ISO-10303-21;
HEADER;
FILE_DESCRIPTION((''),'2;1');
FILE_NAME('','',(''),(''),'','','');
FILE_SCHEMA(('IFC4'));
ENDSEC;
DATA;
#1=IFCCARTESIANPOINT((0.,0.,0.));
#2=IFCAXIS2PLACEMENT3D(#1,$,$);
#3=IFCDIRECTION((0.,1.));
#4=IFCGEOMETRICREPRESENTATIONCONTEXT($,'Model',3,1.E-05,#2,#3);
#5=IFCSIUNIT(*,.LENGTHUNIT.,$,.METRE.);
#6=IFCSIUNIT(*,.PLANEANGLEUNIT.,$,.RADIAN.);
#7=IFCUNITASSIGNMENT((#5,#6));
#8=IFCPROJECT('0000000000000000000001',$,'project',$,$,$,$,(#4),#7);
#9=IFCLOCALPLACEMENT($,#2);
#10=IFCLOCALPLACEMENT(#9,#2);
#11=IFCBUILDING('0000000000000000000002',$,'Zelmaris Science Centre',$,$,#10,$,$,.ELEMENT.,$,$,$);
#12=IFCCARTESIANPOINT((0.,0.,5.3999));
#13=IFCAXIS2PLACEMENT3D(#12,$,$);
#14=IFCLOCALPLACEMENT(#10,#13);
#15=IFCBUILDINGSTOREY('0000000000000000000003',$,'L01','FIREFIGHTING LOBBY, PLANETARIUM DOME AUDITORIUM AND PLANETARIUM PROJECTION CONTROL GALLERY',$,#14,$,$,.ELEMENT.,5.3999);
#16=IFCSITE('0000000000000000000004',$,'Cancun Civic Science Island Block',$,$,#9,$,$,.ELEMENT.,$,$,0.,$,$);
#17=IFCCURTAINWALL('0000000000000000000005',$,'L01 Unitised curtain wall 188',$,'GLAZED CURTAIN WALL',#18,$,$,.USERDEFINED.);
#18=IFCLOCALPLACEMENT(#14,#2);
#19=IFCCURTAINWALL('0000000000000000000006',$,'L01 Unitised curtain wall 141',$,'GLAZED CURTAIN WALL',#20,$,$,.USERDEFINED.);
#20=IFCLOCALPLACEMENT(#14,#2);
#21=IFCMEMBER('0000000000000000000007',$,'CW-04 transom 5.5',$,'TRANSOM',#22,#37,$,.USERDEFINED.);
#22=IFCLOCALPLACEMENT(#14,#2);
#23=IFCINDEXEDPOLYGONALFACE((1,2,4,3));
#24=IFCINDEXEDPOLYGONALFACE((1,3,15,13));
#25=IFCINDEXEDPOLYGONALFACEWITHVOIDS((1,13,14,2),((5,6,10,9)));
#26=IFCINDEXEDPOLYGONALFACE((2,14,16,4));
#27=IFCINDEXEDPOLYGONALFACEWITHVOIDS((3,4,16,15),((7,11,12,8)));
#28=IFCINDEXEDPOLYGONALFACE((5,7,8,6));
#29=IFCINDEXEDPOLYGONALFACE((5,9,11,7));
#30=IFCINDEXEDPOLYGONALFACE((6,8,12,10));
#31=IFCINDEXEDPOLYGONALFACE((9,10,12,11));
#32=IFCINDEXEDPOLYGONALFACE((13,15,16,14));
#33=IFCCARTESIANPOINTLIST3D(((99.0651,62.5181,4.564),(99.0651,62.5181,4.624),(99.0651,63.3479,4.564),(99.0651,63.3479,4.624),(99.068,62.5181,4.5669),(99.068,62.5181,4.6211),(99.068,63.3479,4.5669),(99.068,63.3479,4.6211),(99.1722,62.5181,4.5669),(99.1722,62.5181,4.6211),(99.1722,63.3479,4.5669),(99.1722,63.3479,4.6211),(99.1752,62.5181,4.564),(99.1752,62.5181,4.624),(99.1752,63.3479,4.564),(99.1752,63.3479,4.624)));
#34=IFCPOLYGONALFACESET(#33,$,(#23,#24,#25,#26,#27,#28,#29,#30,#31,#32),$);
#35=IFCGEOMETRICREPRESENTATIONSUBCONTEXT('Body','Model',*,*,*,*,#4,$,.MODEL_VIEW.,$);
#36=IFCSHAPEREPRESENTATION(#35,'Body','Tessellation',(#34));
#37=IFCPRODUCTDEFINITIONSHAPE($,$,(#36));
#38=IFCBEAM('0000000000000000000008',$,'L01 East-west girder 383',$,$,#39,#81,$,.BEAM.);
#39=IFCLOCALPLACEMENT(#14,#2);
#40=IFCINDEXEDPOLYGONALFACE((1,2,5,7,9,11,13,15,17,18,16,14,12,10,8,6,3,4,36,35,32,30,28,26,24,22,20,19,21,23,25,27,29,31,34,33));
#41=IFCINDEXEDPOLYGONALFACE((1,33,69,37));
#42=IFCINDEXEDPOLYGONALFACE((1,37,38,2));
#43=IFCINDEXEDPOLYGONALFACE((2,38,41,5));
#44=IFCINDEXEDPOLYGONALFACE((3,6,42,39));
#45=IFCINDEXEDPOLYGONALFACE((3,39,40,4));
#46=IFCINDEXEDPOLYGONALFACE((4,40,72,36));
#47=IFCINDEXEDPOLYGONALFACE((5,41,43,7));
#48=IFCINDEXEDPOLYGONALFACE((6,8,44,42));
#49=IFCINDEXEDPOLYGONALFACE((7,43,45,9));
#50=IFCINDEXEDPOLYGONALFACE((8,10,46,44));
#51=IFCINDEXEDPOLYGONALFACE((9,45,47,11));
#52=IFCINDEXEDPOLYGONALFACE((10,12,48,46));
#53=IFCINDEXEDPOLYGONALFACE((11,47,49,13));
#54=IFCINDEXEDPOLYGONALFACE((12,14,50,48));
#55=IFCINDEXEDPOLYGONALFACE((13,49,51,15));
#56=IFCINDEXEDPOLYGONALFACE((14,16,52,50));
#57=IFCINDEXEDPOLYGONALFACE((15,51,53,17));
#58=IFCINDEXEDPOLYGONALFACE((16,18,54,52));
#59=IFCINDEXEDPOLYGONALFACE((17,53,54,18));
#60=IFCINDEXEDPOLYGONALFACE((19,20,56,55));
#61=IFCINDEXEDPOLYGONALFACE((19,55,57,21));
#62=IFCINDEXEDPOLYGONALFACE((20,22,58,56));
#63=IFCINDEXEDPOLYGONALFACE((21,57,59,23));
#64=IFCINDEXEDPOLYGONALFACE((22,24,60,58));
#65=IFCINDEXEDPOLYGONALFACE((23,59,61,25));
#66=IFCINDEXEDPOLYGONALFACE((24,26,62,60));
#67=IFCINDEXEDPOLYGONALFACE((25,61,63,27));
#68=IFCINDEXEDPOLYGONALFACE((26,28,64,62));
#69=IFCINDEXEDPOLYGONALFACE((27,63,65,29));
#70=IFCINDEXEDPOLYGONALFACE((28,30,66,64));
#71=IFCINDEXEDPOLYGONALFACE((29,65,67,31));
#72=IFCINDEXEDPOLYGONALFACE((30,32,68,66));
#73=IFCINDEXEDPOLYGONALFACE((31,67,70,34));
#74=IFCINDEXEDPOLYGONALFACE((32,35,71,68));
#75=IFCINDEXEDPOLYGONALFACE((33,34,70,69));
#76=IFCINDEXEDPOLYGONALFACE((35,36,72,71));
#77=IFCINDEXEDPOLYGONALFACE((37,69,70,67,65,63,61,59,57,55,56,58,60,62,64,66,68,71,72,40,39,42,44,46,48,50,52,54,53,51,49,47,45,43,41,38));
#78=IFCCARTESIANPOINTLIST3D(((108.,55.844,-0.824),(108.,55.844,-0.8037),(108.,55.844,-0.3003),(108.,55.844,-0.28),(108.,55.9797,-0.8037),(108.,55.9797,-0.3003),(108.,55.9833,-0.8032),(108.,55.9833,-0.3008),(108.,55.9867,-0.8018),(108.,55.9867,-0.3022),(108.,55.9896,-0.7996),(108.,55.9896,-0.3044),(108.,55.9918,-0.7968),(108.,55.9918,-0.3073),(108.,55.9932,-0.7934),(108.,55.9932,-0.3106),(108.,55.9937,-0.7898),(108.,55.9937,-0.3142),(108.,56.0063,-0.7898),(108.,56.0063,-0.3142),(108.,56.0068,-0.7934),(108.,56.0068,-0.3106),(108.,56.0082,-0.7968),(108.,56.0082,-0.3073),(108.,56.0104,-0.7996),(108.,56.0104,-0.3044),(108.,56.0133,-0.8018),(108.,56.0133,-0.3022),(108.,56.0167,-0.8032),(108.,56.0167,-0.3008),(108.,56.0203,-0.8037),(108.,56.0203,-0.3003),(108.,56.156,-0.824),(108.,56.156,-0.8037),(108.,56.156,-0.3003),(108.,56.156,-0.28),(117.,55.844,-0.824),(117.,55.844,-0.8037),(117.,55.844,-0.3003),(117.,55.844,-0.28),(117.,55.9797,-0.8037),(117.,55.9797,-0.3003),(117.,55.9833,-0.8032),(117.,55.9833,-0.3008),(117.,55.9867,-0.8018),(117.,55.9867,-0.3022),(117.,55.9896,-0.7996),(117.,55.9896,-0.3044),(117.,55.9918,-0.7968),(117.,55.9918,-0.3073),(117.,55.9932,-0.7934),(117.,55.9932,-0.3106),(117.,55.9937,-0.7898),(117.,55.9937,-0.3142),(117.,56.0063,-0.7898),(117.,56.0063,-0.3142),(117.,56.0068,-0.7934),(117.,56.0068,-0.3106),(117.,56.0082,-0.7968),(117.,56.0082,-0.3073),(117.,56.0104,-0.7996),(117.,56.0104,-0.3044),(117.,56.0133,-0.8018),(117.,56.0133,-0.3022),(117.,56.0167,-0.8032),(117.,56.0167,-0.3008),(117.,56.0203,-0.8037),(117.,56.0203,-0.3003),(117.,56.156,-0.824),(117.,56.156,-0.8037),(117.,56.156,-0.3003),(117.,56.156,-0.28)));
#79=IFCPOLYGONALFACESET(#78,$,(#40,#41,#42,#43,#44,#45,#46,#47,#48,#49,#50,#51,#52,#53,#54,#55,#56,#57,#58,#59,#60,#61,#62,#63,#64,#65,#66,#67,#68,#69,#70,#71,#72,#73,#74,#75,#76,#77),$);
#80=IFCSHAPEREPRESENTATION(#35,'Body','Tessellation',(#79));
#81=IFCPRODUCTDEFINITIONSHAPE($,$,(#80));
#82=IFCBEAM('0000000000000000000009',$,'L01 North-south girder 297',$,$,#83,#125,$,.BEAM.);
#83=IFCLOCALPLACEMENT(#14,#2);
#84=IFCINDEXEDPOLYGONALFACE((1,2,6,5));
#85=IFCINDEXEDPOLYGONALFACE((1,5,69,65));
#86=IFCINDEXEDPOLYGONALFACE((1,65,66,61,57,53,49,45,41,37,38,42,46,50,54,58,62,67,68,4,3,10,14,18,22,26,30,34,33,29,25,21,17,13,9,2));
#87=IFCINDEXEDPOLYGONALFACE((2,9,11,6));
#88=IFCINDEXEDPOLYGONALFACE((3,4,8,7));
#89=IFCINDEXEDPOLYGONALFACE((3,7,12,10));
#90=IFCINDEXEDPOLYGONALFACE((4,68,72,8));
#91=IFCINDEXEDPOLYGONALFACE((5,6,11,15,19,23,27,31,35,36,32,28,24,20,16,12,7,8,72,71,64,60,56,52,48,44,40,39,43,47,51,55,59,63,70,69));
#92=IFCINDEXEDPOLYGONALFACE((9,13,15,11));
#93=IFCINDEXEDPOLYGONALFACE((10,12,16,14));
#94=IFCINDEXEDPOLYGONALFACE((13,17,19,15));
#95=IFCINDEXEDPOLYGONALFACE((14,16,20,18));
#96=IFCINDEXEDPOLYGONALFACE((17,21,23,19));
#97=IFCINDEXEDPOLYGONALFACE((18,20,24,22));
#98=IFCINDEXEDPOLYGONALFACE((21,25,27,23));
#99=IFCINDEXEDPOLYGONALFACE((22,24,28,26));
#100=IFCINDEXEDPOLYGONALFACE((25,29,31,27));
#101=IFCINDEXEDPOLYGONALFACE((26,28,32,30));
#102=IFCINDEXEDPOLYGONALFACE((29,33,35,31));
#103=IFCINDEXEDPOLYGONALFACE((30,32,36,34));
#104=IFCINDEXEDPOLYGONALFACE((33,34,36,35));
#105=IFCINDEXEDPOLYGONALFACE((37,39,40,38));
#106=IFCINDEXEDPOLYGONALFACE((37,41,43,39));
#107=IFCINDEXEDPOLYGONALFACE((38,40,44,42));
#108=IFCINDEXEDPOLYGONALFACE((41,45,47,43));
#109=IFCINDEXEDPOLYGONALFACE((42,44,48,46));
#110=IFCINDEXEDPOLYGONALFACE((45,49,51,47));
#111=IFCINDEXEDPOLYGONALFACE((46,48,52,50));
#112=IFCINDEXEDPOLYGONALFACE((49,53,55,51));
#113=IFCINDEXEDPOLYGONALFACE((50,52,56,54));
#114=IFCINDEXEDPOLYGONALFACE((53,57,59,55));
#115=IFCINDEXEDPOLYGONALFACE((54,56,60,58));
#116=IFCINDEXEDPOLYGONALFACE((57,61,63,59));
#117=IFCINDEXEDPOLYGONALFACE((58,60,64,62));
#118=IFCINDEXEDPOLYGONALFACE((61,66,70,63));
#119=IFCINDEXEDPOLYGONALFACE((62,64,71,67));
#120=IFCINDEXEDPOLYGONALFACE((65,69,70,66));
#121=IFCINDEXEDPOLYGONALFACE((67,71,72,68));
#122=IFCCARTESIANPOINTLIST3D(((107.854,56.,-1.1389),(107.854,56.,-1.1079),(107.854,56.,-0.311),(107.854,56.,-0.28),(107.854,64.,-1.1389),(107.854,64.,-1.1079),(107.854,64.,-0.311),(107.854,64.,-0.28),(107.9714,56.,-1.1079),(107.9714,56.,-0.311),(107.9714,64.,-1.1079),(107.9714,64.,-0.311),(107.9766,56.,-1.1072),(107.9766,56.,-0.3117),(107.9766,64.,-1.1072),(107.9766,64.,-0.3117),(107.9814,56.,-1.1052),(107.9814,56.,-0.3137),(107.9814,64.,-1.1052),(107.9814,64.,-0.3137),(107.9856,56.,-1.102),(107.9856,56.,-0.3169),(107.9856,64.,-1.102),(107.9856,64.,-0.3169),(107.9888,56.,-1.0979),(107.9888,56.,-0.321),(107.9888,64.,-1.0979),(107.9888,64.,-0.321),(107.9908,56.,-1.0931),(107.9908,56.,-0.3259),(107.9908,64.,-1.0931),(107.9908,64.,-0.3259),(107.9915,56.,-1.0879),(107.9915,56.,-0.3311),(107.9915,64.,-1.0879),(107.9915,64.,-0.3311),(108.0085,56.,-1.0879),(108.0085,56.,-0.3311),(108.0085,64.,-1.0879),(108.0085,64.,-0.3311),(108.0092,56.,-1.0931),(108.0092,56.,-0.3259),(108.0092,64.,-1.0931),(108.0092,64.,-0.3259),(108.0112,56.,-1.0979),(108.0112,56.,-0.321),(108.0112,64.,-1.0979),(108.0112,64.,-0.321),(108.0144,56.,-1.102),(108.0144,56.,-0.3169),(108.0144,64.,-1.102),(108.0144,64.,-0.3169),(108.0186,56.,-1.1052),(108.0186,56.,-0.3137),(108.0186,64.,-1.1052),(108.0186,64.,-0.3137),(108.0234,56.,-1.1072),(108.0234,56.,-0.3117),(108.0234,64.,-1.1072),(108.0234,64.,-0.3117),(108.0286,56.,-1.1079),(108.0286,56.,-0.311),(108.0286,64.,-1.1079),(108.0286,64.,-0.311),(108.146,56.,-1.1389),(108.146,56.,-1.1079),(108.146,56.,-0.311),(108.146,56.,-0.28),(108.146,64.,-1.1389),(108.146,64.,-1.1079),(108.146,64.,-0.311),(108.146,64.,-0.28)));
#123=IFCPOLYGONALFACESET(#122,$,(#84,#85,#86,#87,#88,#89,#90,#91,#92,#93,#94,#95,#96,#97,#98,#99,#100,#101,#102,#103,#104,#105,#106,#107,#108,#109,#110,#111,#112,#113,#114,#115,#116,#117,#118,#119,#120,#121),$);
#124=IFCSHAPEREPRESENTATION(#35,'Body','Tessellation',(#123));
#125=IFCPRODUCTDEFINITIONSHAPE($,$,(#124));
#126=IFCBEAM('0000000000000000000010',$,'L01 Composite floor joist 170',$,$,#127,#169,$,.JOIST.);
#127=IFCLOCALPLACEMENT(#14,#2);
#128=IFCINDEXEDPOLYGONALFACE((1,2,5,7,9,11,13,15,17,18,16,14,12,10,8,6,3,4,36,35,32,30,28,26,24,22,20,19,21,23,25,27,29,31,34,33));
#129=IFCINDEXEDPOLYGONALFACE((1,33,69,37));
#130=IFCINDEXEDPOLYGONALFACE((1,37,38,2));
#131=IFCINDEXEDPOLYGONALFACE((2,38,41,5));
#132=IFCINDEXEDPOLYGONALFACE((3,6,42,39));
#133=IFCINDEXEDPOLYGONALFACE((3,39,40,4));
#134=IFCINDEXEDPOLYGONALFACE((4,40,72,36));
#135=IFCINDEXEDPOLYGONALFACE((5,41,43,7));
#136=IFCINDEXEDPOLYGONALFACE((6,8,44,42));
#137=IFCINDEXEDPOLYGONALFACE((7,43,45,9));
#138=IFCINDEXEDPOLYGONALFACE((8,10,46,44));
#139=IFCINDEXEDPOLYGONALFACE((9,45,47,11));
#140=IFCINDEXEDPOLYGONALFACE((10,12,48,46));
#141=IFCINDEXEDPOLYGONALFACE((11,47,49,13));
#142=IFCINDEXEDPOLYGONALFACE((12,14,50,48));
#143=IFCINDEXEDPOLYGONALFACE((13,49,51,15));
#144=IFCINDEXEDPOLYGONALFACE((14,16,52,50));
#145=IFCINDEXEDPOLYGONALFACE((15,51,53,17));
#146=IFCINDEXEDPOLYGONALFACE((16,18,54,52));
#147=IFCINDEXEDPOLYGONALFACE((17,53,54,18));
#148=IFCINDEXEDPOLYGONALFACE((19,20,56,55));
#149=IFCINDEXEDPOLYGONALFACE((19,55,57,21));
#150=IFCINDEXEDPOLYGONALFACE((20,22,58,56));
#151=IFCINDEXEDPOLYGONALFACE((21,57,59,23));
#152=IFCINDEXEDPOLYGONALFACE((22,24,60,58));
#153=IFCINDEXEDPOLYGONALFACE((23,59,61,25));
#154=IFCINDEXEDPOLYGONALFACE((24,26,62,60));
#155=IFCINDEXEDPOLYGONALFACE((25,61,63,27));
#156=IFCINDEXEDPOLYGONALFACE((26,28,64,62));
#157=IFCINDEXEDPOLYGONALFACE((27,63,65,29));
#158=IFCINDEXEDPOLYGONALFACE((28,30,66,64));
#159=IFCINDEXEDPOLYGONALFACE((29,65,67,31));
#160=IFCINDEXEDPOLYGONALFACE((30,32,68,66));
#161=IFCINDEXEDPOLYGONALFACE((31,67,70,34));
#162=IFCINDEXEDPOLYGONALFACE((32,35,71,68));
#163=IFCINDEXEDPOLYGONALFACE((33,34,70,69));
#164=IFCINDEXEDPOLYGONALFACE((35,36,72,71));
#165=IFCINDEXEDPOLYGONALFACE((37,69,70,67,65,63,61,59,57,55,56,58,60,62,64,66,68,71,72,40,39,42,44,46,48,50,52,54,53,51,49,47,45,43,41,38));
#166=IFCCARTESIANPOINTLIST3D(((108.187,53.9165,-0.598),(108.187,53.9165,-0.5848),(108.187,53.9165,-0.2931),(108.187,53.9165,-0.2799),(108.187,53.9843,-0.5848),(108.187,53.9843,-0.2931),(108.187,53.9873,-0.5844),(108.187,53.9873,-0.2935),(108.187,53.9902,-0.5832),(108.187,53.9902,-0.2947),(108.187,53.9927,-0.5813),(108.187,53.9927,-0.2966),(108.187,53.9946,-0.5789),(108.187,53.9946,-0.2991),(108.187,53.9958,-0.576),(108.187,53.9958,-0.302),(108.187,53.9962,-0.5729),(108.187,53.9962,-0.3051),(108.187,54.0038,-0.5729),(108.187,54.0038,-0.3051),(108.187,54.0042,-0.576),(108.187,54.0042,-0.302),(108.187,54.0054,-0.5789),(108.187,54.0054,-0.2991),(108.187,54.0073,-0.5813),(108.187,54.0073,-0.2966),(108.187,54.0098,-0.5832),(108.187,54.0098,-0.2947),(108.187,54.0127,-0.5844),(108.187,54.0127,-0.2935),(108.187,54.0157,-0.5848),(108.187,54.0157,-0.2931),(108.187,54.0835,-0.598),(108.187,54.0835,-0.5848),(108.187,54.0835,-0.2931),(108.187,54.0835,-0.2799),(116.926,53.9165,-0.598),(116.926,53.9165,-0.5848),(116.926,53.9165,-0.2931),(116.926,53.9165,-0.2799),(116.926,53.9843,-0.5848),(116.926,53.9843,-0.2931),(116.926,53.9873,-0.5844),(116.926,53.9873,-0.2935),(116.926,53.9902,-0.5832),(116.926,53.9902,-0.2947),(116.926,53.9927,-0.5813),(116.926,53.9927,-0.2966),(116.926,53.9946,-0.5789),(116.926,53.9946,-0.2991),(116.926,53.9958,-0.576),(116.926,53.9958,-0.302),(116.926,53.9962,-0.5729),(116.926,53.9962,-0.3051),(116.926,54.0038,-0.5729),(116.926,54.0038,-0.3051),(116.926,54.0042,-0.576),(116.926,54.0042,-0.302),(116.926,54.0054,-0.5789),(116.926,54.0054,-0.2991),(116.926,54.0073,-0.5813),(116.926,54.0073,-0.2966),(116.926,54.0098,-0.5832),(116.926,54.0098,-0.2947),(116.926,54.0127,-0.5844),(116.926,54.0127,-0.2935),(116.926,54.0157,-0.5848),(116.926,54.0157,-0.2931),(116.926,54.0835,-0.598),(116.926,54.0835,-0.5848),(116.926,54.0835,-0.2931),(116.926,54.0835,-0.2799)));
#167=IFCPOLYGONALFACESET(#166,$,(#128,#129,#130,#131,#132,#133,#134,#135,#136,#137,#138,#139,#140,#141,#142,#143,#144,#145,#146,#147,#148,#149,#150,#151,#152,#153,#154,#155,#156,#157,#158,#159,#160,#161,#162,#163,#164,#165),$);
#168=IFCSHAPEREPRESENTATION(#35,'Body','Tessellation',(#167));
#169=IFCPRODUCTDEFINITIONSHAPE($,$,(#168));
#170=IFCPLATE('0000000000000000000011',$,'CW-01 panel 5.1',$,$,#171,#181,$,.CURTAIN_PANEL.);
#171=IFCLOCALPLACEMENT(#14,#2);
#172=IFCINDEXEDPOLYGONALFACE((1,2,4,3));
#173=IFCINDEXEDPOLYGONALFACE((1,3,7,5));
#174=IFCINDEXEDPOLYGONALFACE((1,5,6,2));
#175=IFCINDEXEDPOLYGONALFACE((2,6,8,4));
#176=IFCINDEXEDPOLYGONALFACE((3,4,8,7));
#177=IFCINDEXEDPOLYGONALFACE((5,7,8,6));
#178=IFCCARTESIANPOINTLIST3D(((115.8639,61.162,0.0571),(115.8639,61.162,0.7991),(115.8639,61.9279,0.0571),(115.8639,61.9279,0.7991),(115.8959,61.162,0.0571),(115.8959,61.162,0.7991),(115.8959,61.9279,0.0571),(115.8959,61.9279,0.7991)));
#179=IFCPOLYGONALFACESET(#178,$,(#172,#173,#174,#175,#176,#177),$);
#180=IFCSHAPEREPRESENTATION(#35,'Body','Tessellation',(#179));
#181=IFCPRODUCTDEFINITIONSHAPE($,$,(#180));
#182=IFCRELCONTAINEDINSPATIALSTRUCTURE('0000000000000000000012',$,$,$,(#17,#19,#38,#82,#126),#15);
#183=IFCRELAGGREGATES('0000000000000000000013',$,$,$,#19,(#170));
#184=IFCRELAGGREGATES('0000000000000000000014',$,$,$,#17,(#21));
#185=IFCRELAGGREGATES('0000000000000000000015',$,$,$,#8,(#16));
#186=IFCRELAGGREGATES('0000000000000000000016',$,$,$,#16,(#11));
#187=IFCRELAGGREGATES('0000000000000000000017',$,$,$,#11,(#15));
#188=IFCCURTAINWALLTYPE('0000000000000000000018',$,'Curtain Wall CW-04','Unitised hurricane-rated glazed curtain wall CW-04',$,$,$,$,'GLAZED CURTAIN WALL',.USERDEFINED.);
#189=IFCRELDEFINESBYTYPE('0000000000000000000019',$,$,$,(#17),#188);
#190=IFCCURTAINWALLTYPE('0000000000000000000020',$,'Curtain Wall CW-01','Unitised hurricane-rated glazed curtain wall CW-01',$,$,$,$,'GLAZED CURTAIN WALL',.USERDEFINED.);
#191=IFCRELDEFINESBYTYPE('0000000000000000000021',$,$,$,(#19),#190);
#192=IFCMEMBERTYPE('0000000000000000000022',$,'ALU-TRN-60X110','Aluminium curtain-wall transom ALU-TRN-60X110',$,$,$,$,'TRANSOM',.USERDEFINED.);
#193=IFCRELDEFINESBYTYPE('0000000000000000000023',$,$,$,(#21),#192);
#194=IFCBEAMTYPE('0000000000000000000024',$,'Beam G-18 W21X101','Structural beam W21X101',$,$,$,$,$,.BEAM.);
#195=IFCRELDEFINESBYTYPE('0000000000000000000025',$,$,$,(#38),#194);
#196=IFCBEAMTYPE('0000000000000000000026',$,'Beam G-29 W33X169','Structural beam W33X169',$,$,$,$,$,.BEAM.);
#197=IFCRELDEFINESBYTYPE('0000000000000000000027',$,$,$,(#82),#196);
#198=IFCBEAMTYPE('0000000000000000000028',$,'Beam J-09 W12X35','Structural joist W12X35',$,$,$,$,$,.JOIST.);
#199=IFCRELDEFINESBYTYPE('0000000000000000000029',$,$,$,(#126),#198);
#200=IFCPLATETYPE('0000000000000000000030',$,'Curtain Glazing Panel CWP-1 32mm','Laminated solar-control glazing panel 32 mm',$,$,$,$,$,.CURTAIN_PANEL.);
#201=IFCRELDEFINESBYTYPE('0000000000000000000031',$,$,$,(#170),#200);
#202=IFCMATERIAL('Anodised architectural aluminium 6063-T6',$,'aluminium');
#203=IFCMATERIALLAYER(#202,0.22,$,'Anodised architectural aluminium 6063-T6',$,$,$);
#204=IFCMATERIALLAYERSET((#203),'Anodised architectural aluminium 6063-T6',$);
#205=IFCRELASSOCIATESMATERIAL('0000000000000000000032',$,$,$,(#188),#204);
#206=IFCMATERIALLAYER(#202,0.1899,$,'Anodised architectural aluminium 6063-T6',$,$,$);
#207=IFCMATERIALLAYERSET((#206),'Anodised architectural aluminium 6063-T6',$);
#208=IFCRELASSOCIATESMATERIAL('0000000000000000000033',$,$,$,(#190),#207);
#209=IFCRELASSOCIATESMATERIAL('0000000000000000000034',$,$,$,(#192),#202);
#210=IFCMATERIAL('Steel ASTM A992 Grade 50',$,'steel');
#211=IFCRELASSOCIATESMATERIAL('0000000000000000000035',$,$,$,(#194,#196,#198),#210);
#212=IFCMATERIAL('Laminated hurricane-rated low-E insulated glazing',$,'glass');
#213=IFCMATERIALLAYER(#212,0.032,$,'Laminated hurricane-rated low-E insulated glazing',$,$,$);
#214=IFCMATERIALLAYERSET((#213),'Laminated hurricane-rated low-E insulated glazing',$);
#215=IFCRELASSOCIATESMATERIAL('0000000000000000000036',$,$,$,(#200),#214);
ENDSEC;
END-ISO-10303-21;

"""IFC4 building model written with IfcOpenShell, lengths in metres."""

from ifc_helpers import new_model, si_unit, direction, frame, origin, origin_2d, place, context, subcontext, project, spatial, rectangle, hollow_rectangle, i_section, extrude, material, layer, layer_set, material_profile, profile_set, type_object, element, aggregate, save


model = new_model("IFC4")

# Units and contexts
model_context = context("Model", 3, precision=1e-05, world=origin(), true_north=direction((0.0, 1.0)))
body_context = subcontext(model_context, "Body", "Model", "MODEL_VIEW")
ifc_project = project(units=[si_unit("LENGTHUNIT", "METRE"), si_unit("PLANEANGLEUNIT", "RADIAN")], contexts=[model_context])

# Site, building, storey
site_placement = place(None, origin())
site = spatial("IfcSite", under=ifc_project, at=site_placement, Name="Cancun Civic Science Island Block", CompositionType="ELEMENT", RefElevation=0.0)
building_placement = place(site_placement, origin())
building = spatial("IfcBuilding", under=site, at=building_placement, Name="Zelmaris Science Centre", CompositionType="ELEMENT")
storey_placement = place(building_placement, frame((0.0, 0.0, 5.3999)))
storey = spatial("IfcBuildingStorey", under=building, at=storey_placement, Name="L01", Description="FIREFIGHTING LOBBY, PLANETARIUM DOME AUDITORIUM AND PLANETARIUM PROJECTION CONTROL GALLERY", CompositionType="ELEMENT", Elevation=5.3999)

# Shared definitions
ifc_material_1 = material(Name="Steel ASTM A992 Grade 50", Category="steel")

# Curtain walls
ifc_material_2 = material(Name="Anodised architectural aluminium 6063-T6", Category="aluminium")
ifc_layer_1 = layer(ifc_material_2, 0.22, Name="Anodised architectural aluminium 6063-T6")
ifc_layer_set_1 = layer_set([ifc_layer_1], Name="Anodised architectural aluminium 6063-T6")
curtain_wall_type_1 = type_object("IfcCurtainWallType", Name="Curtain Wall CW-04", Description="Unitised hurricane-rated glazed curtain wall CW-04", ElementType="GLAZED CURTAIN WALL", PredefinedType="USERDEFINED", material=ifc_layer_set_1)
curtain_wall_1_placement = place(storey_placement, origin())
curtain_wall_1 = element("IfcCurtainWall", 1, at=curtain_wall_1_placement, inside=storey, type_object=curtain_wall_type_1, Name="L01 Unitised curtain wall 188", ObjectType="GLAZED CURTAIN WALL", PredefinedType="USERDEFINED")
ifc_layer_2 = layer(ifc_material_2, 0.1899, Name="Anodised architectural aluminium 6063-T6")
ifc_layer_set_2 = layer_set([ifc_layer_2], Name="Anodised architectural aluminium 6063-T6")
curtain_wall_type_2 = type_object("IfcCurtainWallType", Name="Curtain Wall CW-01", Description="Unitised hurricane-rated glazed curtain wall CW-01", ElementType="GLAZED CURTAIN WALL", PredefinedType="USERDEFINED", material=ifc_layer_set_2)
curtain_wall_2_placement = place(storey_placement, origin())
curtain_wall_2 = element("IfcCurtainWall", 2, at=curtain_wall_2_placement, inside=storey, type_object=curtain_wall_type_2, Name="L01 Unitised curtain wall 141", ObjectType="GLAZED CURTAIN WALL", PredefinedType="USERDEFINED")

# Member
ifc_material_profile_1 = material_profile(ifc_material_2, hollow_rectangle(XDim=0.0601, YDim=0.1101, WallThickness=0.0029, at=origin_2d()), Name="ALU-TRN-60X110")
ifc_profile_set_1 = profile_set([ifc_material_profile_1], Name="Anodised architectural aluminium 6063-T6")
member_type_1 = type_object("IfcMemberType", Name="ALU-TRN-60X110", Description="Aluminium curtain-wall transom ALU-TRN-60X110", ElementType="TRANSOM", PredefinedType="USERDEFINED", material=ifc_profile_set_1)
member_1_placement = place(storey_placement, frame((99.1201, 62.5181, 4.594), z_axis=(0.0, 1.0, 0.0), x_axis=(0.0, 0.0, 1.0)))
member_1 = element("IfcMember", 3, at=member_1_placement, type_object=member_type_1, Name="CW-04 transom 5.5", ObjectType="TRANSOM", PredefinedType="USERDEFINED", context=body_context, shape_type="SweptSolid", body=[
    extrude(hollow_rectangle(XDim=0.0601, YDim=0.1101, WallThickness=0.0029, at=origin_2d()), origin(), (0.0, 0.0, 1.0), 0.8298),
])

# Beams
ifc_material_profile_2 = material_profile(ifc_material_1, i_section(OverallWidth=0.312, OverallDepth=0.5439, WebThickness=0.0127, FlangeThickness=0.0203, FilletRadius=0.0139, at=origin_2d()), Name="W21X101")
ifc_profile_set_2 = profile_set([ifc_material_profile_2], Name="Steel ASTM A992 Grade 50")
beam_type_1 = type_object("IfcBeamType", Name="Beam G-18 W21X101", Description="Structural beam W21X101", PredefinedType="BEAM", material=ifc_profile_set_2)
beam_1_placement = place(storey_placement, frame((108.0, 56.0, -0.552), z_axis=(1.0, 0.0, 0.0), x_axis=(0.0, 1.0, 0.0)))
element("IfcBeam", 4, at=beam_1_placement, inside=storey, type_object=beam_type_1, Name="L01 East-west girder 383", PredefinedType="BEAM", context=body_context, shape_type="SweptSolid", body=[
    extrude(i_section(OverallWidth=0.312, OverallDepth=0.5439, WebThickness=0.0127, FlangeThickness=0.0203, FilletRadius=0.0139, at=origin_2d()), origin(), (0.0, 0.0, 1.0), 9.0),
])
ifc_material_profile_3 = material_profile(ifc_material_1, i_section(OverallWidth=0.292, OverallDepth=0.8589, WebThickness=0.0171, FlangeThickness=0.031, FilletRadius=0.02, at=origin_2d()), Name="W33X169")
ifc_profile_set_3 = profile_set([ifc_material_profile_3], Name="Steel ASTM A992 Grade 50")
beam_type_2 = type_object("IfcBeamType", Name="Beam G-29 W33X169", Description="Structural beam W33X169", PredefinedType="BEAM", material=ifc_profile_set_3)
beam_2_placement = place(storey_placement, frame((108.0, 56.0, -0.7095), z_axis=(0.0, 1.0, 0.0), x_axis=(-1.0, 0.0, 0.0)))
element("IfcBeam", 5, at=beam_2_placement, inside=storey, type_object=beam_type_2, Name="L01 North-south girder 297", PredefinedType="BEAM", context=body_context, shape_type="SweptSolid", body=[
    extrude(i_section(OverallWidth=0.292, OverallDepth=0.8589, WebThickness=0.0171, FlangeThickness=0.031, FilletRadius=0.02, at=origin_2d()), origin(), (0.0, 0.0, 1.0), 8.0),
])
ifc_material_profile_4 = material_profile(ifc_material_1, i_section(OverallWidth=0.167, OverallDepth=0.3181, WebThickness=0.0076, FlangeThickness=0.0132, FilletRadius=0.012, at=origin_2d()), Name="W12X35")
ifc_profile_set_4 = profile_set([ifc_material_profile_4], Name="Steel ASTM A992 Grade 50")
beam_type_3 = type_object("IfcBeamType", Name="Beam J-09 W12X35", Description="Structural joist W12X35", PredefinedType="JOIST", material=ifc_profile_set_4)
beam_3_placement = place(storey_placement, frame((108.187, 54.0, -0.439), z_axis=(1.0, 0.0, 0.0), x_axis=(0.0, 1.0, 0.0)))
element("IfcBeam", 6, at=beam_3_placement, inside=storey, type_object=beam_type_3, Name="L01 Composite floor joist 170", PredefinedType="JOIST", context=body_context, shape_type="SweptSolid", body=[
    extrude(i_section(OverallWidth=0.167, OverallDepth=0.3181, WebThickness=0.0076, FlangeThickness=0.0132, FilletRadius=0.012, at=origin_2d()), origin(), (0.0, 0.0, 1.0), 8.739),
])

# Plate
ifc_material_3 = material(Name="Laminated hurricane-rated low-E insulated glazing", Category="glass")
ifc_layer_3 = layer(ifc_material_3, 0.032, Name="Laminated hurricane-rated low-E insulated glazing")
ifc_layer_set_3 = layer_set([ifc_layer_3], Name="Laminated hurricane-rated low-E insulated glazing")
plate_type_1 = type_object("IfcPlateType", Name="Curtain Glazing Panel CWP-1 32mm", Description="Laminated solar-control glazing panel 32 mm", PredefinedType="CURTAIN_PANEL", material=ifc_layer_set_3)
plate_1_placement = place(storey_placement, frame((115.8799, 61.5449, 0.0571), z_axis=(0.0, 0.0, 1.0), x_axis=(0.000023, -1.0, 0.0)))
plate_1 = element("IfcPlate", 7, at=plate_1_placement, type_object=plate_type_1, Name="CW-01 panel 5.1", PredefinedType="CURTAIN_PANEL", context=body_context, shape_type="SweptSolid", body=[
    extrude(rectangle(XDim=0.7659, YDim=0.032, at=origin_2d()), origin(), (0.0, 0.0, 1.0), 0.7419),
])
aggregate(curtain_wall_2, [plate_1])
aggregate(curtain_wall_1, [member_1])

save(model, "model.ifc")
